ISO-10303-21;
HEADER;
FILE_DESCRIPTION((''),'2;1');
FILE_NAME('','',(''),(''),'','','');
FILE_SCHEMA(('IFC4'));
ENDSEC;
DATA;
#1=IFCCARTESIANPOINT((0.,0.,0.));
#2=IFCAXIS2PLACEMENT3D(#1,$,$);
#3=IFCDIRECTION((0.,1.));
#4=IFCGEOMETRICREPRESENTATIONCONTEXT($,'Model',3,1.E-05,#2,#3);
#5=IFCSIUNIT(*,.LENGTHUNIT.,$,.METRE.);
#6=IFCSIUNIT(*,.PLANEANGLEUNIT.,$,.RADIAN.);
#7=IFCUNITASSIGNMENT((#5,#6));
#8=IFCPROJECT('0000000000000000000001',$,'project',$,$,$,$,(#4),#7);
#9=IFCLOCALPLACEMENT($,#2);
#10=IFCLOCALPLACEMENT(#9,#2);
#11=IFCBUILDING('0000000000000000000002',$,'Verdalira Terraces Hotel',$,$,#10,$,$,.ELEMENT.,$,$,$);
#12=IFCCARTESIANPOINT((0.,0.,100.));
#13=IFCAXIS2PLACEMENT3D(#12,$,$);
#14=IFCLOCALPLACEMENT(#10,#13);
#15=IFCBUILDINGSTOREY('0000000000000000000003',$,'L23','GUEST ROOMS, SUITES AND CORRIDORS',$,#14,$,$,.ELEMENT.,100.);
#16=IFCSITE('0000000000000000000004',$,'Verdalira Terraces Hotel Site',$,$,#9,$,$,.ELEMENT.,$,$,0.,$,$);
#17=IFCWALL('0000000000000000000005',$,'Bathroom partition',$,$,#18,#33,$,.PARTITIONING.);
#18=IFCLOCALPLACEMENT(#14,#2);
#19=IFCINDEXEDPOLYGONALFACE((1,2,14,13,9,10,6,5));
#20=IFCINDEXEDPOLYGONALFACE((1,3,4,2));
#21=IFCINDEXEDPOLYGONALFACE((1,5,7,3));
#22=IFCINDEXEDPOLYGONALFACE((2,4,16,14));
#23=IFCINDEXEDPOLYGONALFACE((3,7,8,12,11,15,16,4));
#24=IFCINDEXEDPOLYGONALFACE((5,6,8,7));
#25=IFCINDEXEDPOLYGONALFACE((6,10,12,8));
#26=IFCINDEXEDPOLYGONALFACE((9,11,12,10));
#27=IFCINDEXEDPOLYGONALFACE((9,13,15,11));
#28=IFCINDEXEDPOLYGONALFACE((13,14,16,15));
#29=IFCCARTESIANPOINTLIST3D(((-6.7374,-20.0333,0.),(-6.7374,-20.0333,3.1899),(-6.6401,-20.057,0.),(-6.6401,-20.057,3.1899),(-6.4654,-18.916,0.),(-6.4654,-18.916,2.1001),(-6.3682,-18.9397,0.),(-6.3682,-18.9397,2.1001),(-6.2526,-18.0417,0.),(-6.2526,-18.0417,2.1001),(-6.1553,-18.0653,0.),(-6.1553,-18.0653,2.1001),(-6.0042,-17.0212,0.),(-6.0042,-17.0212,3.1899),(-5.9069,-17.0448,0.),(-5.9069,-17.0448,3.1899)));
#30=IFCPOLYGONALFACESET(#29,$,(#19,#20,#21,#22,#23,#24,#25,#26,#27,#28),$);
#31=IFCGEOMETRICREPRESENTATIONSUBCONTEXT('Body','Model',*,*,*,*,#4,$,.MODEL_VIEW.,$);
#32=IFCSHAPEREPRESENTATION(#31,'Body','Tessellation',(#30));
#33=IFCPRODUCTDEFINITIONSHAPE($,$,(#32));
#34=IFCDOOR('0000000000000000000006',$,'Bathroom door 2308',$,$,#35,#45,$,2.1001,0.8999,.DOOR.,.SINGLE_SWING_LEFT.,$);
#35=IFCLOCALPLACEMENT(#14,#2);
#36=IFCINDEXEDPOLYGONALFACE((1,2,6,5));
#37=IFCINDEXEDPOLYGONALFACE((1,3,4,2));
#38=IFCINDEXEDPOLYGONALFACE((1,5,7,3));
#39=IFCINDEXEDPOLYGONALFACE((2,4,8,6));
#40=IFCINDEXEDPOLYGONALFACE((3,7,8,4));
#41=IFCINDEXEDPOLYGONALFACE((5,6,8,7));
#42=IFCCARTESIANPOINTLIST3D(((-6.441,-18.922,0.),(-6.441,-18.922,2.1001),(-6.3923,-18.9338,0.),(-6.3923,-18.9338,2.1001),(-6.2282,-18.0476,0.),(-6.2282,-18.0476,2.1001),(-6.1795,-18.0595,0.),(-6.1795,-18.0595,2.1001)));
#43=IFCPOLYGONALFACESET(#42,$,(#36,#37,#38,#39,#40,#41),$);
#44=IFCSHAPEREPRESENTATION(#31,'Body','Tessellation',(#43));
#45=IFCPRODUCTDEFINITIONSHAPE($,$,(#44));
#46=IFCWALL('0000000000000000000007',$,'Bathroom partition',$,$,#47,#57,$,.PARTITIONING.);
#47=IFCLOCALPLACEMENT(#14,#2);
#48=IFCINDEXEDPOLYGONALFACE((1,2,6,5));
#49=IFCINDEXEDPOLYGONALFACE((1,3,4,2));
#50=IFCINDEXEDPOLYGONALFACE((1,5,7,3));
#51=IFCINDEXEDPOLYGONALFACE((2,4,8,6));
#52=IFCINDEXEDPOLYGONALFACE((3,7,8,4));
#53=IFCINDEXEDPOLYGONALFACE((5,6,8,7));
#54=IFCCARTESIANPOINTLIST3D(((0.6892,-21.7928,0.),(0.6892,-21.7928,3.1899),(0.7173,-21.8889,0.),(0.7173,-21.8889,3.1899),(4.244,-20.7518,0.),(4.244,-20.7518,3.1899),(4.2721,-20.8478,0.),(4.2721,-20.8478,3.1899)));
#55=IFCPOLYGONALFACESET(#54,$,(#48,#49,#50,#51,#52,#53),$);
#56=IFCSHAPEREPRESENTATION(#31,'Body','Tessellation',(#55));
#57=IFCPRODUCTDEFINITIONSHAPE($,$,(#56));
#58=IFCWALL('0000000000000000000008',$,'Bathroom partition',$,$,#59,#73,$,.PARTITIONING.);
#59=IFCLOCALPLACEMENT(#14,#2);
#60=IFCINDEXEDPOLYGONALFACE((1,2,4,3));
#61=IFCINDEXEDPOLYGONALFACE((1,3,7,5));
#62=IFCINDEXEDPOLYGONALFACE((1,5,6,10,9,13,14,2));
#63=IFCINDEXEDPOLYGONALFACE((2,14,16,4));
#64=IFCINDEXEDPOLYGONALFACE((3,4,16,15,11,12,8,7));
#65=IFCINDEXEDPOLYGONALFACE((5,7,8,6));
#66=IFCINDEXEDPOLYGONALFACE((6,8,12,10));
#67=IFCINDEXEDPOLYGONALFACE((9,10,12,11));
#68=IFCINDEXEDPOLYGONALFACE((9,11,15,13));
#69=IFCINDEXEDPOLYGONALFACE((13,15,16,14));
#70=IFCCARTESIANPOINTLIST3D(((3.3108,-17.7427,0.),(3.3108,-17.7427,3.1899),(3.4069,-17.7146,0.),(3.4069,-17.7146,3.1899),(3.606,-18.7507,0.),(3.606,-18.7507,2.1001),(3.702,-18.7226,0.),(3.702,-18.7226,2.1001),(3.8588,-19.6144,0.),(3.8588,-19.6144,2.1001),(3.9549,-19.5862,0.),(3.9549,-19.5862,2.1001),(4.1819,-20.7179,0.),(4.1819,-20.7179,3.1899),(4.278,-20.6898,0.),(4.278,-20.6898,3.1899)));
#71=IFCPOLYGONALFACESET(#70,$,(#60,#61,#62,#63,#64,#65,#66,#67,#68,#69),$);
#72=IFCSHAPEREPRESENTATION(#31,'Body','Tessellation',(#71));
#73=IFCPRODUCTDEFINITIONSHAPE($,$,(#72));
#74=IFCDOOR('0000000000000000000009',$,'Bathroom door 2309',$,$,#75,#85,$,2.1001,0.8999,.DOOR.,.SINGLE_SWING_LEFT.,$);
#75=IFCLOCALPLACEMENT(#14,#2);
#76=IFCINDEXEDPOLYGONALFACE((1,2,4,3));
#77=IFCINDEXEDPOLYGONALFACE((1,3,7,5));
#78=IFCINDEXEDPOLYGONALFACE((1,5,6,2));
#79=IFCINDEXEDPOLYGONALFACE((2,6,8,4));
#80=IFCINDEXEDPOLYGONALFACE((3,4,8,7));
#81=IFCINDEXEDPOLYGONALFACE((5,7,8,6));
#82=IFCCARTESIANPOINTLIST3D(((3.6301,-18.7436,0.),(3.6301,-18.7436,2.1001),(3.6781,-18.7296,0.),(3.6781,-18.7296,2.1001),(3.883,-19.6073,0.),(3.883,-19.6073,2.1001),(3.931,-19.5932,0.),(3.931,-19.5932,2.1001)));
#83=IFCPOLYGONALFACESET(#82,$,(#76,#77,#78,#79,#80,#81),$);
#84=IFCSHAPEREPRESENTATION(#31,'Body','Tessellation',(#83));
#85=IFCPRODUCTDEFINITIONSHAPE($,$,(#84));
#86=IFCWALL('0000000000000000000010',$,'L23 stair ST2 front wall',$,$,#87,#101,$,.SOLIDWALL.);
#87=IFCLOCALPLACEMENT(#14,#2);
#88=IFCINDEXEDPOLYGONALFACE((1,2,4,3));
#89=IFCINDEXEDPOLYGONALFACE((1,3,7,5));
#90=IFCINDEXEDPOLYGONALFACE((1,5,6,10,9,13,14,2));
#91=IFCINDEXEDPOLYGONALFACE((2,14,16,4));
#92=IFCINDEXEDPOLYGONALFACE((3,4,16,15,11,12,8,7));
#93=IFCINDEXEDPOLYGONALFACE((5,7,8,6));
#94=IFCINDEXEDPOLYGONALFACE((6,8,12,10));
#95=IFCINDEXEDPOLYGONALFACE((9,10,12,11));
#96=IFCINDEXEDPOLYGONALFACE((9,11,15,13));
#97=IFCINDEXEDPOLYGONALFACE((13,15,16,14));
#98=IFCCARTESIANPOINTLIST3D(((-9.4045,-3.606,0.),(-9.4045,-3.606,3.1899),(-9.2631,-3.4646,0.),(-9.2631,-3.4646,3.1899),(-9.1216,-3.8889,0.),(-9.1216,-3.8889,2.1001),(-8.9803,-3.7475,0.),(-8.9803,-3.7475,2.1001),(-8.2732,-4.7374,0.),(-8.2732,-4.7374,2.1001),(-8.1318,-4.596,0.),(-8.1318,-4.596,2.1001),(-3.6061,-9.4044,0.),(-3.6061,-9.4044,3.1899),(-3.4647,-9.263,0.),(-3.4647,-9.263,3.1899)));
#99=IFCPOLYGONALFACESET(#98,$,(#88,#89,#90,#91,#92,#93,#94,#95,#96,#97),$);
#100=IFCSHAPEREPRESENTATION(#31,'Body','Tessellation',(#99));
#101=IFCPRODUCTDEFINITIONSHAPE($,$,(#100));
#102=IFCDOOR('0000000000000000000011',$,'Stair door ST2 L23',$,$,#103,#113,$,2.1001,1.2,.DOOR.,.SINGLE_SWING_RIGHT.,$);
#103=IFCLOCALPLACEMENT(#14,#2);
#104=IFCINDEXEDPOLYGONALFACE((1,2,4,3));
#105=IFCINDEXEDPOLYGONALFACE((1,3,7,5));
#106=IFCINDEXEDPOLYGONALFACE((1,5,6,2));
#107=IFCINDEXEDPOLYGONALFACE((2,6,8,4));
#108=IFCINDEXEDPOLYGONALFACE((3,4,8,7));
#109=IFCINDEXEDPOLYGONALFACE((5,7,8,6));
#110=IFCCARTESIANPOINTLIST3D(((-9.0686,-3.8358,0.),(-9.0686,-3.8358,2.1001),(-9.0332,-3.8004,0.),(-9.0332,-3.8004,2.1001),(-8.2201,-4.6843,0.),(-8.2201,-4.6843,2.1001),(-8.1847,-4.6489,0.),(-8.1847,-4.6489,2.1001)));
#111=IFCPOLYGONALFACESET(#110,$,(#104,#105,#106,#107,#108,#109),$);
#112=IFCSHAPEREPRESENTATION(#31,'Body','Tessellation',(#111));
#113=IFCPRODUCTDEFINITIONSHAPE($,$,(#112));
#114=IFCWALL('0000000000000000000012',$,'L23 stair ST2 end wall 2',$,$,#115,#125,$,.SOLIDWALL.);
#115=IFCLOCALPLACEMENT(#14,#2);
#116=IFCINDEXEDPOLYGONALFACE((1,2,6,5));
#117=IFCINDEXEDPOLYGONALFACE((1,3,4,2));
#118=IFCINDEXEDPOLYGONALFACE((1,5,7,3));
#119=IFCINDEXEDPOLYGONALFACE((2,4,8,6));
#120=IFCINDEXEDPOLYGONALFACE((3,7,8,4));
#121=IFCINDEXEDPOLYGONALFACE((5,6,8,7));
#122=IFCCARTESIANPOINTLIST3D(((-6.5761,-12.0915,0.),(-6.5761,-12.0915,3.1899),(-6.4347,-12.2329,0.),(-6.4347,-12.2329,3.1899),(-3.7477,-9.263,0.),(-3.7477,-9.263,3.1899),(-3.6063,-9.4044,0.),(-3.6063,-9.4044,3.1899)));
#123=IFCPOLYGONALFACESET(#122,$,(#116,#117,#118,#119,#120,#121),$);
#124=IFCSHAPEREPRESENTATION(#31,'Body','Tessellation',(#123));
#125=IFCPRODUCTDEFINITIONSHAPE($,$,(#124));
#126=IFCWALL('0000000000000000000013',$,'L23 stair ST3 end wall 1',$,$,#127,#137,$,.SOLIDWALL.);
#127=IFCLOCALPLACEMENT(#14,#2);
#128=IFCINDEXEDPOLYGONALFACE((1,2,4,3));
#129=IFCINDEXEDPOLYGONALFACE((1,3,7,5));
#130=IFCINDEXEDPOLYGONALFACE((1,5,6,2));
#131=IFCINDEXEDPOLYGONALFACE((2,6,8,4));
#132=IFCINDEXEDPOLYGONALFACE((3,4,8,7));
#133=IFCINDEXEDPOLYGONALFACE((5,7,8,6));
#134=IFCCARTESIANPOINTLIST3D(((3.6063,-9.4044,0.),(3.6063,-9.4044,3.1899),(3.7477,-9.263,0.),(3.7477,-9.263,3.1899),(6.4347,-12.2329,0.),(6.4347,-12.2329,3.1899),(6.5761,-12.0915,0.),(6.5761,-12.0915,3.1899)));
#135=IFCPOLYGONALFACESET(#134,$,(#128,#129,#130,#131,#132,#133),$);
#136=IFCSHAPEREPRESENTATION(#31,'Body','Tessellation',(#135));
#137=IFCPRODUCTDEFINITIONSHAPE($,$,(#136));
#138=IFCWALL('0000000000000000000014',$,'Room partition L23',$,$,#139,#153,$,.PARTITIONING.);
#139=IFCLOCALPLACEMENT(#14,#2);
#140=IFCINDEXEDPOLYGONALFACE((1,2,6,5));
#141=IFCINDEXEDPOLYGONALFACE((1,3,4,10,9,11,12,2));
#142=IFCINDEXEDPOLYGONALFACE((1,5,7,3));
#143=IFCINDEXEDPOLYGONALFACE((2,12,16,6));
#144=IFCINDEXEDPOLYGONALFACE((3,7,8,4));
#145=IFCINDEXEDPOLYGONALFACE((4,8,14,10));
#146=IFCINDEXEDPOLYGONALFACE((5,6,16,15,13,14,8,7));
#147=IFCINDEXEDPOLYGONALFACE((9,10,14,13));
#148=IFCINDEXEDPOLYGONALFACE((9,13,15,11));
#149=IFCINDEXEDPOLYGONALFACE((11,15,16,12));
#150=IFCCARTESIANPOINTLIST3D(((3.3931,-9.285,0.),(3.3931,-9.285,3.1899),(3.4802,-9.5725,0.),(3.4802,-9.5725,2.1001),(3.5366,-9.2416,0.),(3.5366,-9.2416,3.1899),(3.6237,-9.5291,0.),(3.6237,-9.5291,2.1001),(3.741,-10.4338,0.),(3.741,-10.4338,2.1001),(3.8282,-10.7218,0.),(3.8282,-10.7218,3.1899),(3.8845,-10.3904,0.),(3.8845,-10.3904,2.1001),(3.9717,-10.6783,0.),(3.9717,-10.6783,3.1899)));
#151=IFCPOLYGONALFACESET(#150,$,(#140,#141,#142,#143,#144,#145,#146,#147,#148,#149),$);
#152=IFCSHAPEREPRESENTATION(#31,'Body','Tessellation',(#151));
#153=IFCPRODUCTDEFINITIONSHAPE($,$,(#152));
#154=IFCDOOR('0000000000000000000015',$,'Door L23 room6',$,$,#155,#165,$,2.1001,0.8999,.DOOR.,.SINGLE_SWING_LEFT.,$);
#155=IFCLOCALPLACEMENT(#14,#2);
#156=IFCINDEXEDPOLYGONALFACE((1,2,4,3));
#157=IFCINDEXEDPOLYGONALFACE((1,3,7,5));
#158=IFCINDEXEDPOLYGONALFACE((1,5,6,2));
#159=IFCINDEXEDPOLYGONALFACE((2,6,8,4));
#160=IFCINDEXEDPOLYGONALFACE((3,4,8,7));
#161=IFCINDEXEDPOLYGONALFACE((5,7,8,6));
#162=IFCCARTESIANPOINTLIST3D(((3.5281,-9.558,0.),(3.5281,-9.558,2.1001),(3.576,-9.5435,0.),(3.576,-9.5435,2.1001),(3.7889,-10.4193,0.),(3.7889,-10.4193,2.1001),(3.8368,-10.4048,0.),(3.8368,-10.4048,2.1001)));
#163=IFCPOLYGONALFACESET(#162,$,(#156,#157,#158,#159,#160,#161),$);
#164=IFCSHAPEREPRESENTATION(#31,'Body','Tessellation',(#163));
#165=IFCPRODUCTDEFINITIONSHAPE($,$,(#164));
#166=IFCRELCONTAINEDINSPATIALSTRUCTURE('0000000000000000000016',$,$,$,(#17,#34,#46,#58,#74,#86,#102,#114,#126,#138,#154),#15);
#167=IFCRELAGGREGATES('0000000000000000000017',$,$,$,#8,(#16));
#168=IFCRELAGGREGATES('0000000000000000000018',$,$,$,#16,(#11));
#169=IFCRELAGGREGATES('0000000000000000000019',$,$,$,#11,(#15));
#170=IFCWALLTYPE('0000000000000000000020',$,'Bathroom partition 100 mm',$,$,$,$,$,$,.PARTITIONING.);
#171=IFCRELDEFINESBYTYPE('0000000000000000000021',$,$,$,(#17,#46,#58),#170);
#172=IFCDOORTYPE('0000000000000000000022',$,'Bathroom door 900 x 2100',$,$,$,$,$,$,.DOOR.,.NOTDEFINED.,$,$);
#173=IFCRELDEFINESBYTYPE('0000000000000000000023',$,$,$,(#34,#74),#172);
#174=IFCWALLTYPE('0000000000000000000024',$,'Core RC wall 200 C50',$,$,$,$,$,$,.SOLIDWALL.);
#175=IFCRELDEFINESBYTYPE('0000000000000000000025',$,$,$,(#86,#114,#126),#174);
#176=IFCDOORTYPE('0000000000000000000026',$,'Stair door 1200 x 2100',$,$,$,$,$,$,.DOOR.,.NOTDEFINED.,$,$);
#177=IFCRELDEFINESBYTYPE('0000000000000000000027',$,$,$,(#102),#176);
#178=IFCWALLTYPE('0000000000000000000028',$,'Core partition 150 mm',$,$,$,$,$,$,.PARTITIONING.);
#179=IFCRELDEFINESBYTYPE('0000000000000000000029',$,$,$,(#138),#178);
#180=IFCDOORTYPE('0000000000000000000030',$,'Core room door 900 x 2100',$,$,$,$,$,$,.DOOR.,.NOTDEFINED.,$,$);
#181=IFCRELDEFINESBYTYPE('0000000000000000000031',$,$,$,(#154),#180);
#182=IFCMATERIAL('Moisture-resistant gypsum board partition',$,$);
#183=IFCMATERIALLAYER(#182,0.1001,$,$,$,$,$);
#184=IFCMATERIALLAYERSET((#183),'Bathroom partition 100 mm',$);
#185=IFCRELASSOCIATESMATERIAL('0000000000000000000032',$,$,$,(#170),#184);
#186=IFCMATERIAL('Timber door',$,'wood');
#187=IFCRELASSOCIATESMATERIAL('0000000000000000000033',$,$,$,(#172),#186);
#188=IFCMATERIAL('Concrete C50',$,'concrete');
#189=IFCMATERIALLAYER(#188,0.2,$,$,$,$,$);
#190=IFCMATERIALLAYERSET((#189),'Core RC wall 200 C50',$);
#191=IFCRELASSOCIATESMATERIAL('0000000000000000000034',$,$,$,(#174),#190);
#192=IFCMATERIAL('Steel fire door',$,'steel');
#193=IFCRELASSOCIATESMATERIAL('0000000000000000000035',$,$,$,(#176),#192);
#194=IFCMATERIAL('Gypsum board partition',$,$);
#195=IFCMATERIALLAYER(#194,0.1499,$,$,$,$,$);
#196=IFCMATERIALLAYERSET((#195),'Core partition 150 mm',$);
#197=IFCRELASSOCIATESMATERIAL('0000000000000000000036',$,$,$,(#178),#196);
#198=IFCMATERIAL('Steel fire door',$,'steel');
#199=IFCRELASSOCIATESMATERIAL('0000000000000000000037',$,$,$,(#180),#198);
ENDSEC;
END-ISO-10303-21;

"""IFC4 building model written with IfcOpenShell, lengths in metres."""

from ifc_helpers import new_model, si_unit, direction, frame, frame_2d, origin, place, context, subcontext, project, spatial, rectangle, extrude, material, layer, layer_set, type_object, element, fill, save


model = new_model("IFC4")

# Units and contexts
model_context = context("Model", 3, precision=1e-05, world=origin(), true_north=direction((0.0, 1.0)))
body_context = subcontext(model_context, "Body", "Model", "MODEL_VIEW")
ifc_project = project(units=[si_unit("LENGTHUNIT", "METRE"), si_unit("PLANEANGLEUNIT", "RADIAN")], contexts=[model_context])

# Site, building, storey
site_placement = place(None, origin())
site = spatial("IfcSite", under=ifc_project, at=site_placement, Name="Verdalira Terraces Hotel Site", CompositionType="ELEMENT", RefElevation=0.0)
building_placement = place(site_placement, origin())
building = spatial("IfcBuilding", under=site, at=building_placement, Name="Verdalira Terraces Hotel", CompositionType="ELEMENT")
storey_placement = place(building_placement, frame((0.0, 0.0, 100.0)))
storey = spatial("IfcBuildingStorey", under=building, at=storey_placement, Name="L23", Description="GUEST ROOMS, SUITES AND CORRIDORS", CompositionType="ELEMENT", Elevation=100.0)

# Wall, opening, door
ifc_material_1 = material(Name="Moisture-resistant gypsum board partition")
ifc_layer_1 = layer(ifc_material_1, 0.1001)
ifc_layer_set_1 = layer_set([ifc_layer_1], Name="Bathroom partition 100 mm")
wall_type_1 = type_object("IfcWallType", Name="Bathroom partition 100 mm", PredefinedType="PARTITIONING", material=ifc_layer_set_1)
wall_1_placement = place(storey_placement, frame((-6.6887, -20.0452, 0.0), z_axis=(0.0, 0.0, 1.0), x_axis=(0.23649, 0.971634, 0.0)))
wall_1 = element("IfcWall", 1, at=wall_1_placement, inside=storey, type_object=wall_type_1, Name="Bathroom partition", PredefinedType="PARTITIONING", context=body_context, shape_type="SweptSolid", body=[
    extrude(rectangle(XDim=3.1001, YDim=0.1001, at=frame_2d((1.55, 0.0))), origin(), (0.0, 0.0, 1.0), 3.1899),
])
opening_1_placement = place(wall_1_placement, frame((1.1499, 0.0, 0.0)))
opening_1 = element("IfcOpeningElement", 2, at=opening_1_placement, cuts=wall_1, PredefinedType="OPENING", context=body_context, shape_type="SweptSolid", body=[
    extrude(rectangle(XDim=0.8999, YDim=2.1001, at=frame_2d((0.45, 1.05))), frame((0.0, 0.0601, 0.0), z_axis=(0.0, -1.0, 0.0), x_axis=(1.0, 0.0, 0.0)), (0.0, 0.0, 1.0), 0.1201),
])
ifc_material_2 = material(Name="Timber door", Category="wood")
door_type_1 = type_object("IfcDoorType", Name="Bathroom door 900 x 2100", OperationType="NOTDEFINED", PredefinedType="DOOR", material=ifc_material_2)
door_1_placement = place(opening_1_placement, origin())
door_1 = element("IfcDoor", 3, at=door_1_placement, inside=storey, type_object=door_type_1, Name="Bathroom door 2308", OperationType="SINGLE_SWING_LEFT", OverallHeight=2.1001, OverallWidth=0.8999, PredefinedType="DOOR", context=body_context, shape_type="SweptSolid", body=[
    extrude(rectangle(XDim=0.8999, YDim=2.1001, at=frame_2d((0.45, 1.05))), frame((0.0, 0.0249, 0.0), z_axis=(0.0, -1.0, 0.0), x_axis=(1.0, 0.0, 0.0)), (0.0, 0.0, 1.0), 0.05),
])
fill(opening_1, door_1)

# Wall
wall_2_placement = place(storey_placement, frame((4.2581, -20.7998, 0.0), z_axis=(0.0, 0.0, 1.0), x_axis=(-0.959692, -0.281053, 0.0)))
element("IfcWall", 4, at=wall_2_placement, inside=storey, type_object=wall_type_1, Name="Bathroom partition", PredefinedType="PARTITIONING", context=body_context, shape_type="SweptSolid", body=[
    extrude(rectangle(XDim=3.7041, YDim=0.1001, at=frame_2d((1.8521, 0.0))), origin(), (0.0, 0.0, 1.0), 3.1899),
])

# Walls, openings, doors
wall_3_placement = place(storey_placement, frame((4.23, -20.7039, 0.0), z_axis=(0.0, 0.0, 1.0), x_axis=(-0.280998, 0.959708, 0.0)))
wall_3 = element("IfcWall", 5, at=wall_3_placement, inside=storey, type_object=wall_type_1, Name="Bathroom partition", PredefinedType="PARTITIONING", context=body_context, shape_type="SweptSolid", body=[
    extrude(rectangle(XDim=3.1001, YDim=0.1001, at=frame_2d((1.55, 0.0))), origin(), (0.0, 0.0, 1.0), 3.1899),
])
opening_2_placement = place(wall_3_placement, frame((1.1499, 0.0, 0.0)))
opening_2 = element("IfcOpeningElement", 6, at=opening_2_placement, cuts=wall_3, PredefinedType="OPENING", context=body_context, shape_type="SweptSolid", body=[
    extrude(rectangle(XDim=0.8999, YDim=2.1001, at=frame_2d((0.45, 1.05))), frame((0.0, 0.0601, 0.0), z_axis=(0.0, -1.0, 0.0), x_axis=(1.0, 0.0, 0.0)), (0.0, 0.0, 1.0), 0.1201),
])
door_2_placement = place(opening_2_placement, origin())
door_2 = element("IfcDoor", 7, at=door_2_placement, inside=storey, type_object=door_type_1, Name="Bathroom door 2309", OperationType="SINGLE_SWING_LEFT", OverallHeight=2.1001, OverallWidth=0.8999, PredefinedType="DOOR", context=body_context, shape_type="SweptSolid", body=[
    extrude(rectangle(XDim=0.8999, YDim=2.1001, at=frame_2d((0.45, 1.05))), frame((0.0, 0.0249, 0.0), z_axis=(0.0, -1.0, 0.0), x_axis=(1.0, 0.0, 0.0)), (0.0, 0.0, 1.0), 0.05),
])
fill(opening_2, door_2)
ifc_material_3 = material(Name="Concrete C50", Category="concrete")
ifc_layer_2 = layer(ifc_material_3, 0.2)
ifc_layer_set_2 = layer_set([ifc_layer_2], Name="Core RC wall 200 C50")
wall_type_2 = type_object("IfcWallType", Name="Core RC wall 200 C50", PredefinedType="SOLIDWALL", material=ifc_layer_set_2)
wall_4_placement = place(storey_placement, frame((-3.5354, -9.3337, 0.0), z_axis=(0.0, 0.0, 1.0), x_axis=(-0.707107, 0.707107, 0.0)))
wall_4 = element("IfcWall", 8, at=wall_4_placement, inside=storey, type_object=wall_type_2, Name="L23 stair ST2 front wall", PredefinedType="SOLIDWALL", context=body_context, shape_type="SweptSolid", body=[
    extrude(rectangle(XDim=8.2002, YDim=0.2, at=frame_2d((4.1001, 0.0))), origin(), (0.0, 0.0, 1.0), 3.1899),
])
opening_3_placement = place(wall_4_placement, frame((6.6001, 0.0, 0.0)))
opening_3 = element("IfcOpeningElement", 9, at=opening_3_placement, cuts=wall_4, PredefinedType="OPENING", context=body_context, shape_type="SweptSolid", body=[
    extrude(rectangle(XDim=1.2, YDim=2.1001, at=frame_2d((0.6001, 1.05))), frame((0.0, 0.1099, 0.0), z_axis=(0.0, -1.0, 0.0), x_axis=(1.0, 0.0, 0.0)), (0.0, 0.0, 1.0), 0.22),
])
ifc_material_4 = material(Name="Steel fire door", Category="steel")
door_type_2 = type_object("IfcDoorType", Name="Stair door 1200 x 2100", OperationType="NOTDEFINED", PredefinedType="DOOR", material=ifc_material_4)
door_3_placement = place(opening_3_placement, origin())
door_3 = element("IfcDoor", 10, at=door_3_placement, inside=storey, type_object=door_type_2, Name="Stair door ST2 L23", OperationType="SINGLE_SWING_RIGHT", OverallHeight=2.1001, OverallWidth=1.2, PredefinedType="DOOR", context=body_context, shape_type="SweptSolid", body=[
    extrude(rectangle(XDim=1.2, YDim=2.1001, at=frame_2d((0.6001, 1.05))), frame((0.0, 0.0249, 0.0), z_axis=(0.0, -1.0, 0.0), x_axis=(1.0, 0.0, 0.0)), (0.0, 0.0, 1.0), 0.05),
])
fill(opening_3, door_3)

# Walls
for number, where, z_axis, x_axis, name in (
    (11, (-3.677, -9.3337, 0.0), (0.0, 0.0, 1.0), (-0.707107, -0.707107, 0.0), "L23 stair ST2 end wall 2"),
    (12, (3.677, -9.3337, 0.0), (0.0, 0.0, 1.0), (0.707107, -0.707107, 0.0), "L23 stair ST3 end wall 1"),
):
    element("IfcWall", number, at=place(storey_placement, frame(where, z_axis=z_axis, x_axis=x_axis)), inside=storey, type_object=wall_type_2, Name=name, PredefinedType="SOLIDWALL", context=body_context, shape_type="SweptSolid", body=[
        extrude(rectangle(XDim=4.0, YDim=0.2, at=frame_2d((2.0, 0.0))), origin(), (0.0, 0.0, 1.0), 3.1899),
    ])

# Wall, opening, door
ifc_material_5 = material(Name="Gypsum board partition")
ifc_layer_3 = layer(ifc_material_5, 0.1499)
ifc_layer_set_3 = layer_set([ifc_layer_3], Name="Core partition 150 mm")
wall_type_3 = type_object("IfcWallType", Name="Core partition 150 mm", PredefinedType="PARTITIONING", material=ifc_layer_set_3)
wall_5_placement = place(storey_placement, frame((3.8999, -10.7, 0.0), z_axis=(0.0, 0.0, 1.0), x_axis=(-0.289809, 0.957085, 0.0)))
wall_5 = element("IfcWall", 13, at=wall_5_placement, inside=storey, type_object=wall_type_3, Name="Room partition L23", PredefinedType="PARTITIONING", context=body_context, shape_type="SweptSolid", body=[
    extrude(rectangle(XDim=1.5012, YDim=0.1499, at=frame_2d((0.7505, 0.0))), origin(), (0.0, 0.0, 1.0), 3.1899),
])
opening_4_placement = place(wall_5_placement, frame((0.3008, 0.0, 0.0)))
opening_4 = element("IfcOpeningElement", 14, at=opening_4_placement, cuts=wall_5, PredefinedType="OPENING", context=body_context, shape_type="SweptSolid", body=[
    extrude(rectangle(XDim=0.8999, YDim=2.1001, at=frame_2d((0.45, 1.05))), frame((0.0, 0.085, 0.0), z_axis=(0.0, -1.0, 0.0), x_axis=(1.0, 0.0, 0.0)), (0.0, 0.0, 1.0), 0.1699),
])
ifc_material_6 = material(Name="Steel fire door", Category="steel")
door_type_3 = type_object("IfcDoorType", Name="Core room door 900 x 2100", OperationType="NOTDEFINED", PredefinedType="DOOR", material=ifc_material_6)
door_4_placement = place(opening_4_placement, origin())
door_4 = element("IfcDoor", 15, at=door_4_placement, inside=storey, type_object=door_type_3, Name="Door L23 room6", OperationType="SINGLE_SWING_LEFT", OverallHeight=2.1001, OverallWidth=0.8999, PredefinedType="DOOR", context=body_context, shape_type="SweptSolid", body=[
    extrude(rectangle(XDim=0.8999, YDim=2.1001, at=frame_2d((0.45, 1.05))), frame((0.0, 0.0249, 0.0), z_axis=(0.0, -1.0, 0.0), x_axis=(1.0, 0.0, 0.0)), (0.0, 0.0, 1.0), 0.05),
])
fill(opening_4, door_4)

save(model, "model.ifc")
